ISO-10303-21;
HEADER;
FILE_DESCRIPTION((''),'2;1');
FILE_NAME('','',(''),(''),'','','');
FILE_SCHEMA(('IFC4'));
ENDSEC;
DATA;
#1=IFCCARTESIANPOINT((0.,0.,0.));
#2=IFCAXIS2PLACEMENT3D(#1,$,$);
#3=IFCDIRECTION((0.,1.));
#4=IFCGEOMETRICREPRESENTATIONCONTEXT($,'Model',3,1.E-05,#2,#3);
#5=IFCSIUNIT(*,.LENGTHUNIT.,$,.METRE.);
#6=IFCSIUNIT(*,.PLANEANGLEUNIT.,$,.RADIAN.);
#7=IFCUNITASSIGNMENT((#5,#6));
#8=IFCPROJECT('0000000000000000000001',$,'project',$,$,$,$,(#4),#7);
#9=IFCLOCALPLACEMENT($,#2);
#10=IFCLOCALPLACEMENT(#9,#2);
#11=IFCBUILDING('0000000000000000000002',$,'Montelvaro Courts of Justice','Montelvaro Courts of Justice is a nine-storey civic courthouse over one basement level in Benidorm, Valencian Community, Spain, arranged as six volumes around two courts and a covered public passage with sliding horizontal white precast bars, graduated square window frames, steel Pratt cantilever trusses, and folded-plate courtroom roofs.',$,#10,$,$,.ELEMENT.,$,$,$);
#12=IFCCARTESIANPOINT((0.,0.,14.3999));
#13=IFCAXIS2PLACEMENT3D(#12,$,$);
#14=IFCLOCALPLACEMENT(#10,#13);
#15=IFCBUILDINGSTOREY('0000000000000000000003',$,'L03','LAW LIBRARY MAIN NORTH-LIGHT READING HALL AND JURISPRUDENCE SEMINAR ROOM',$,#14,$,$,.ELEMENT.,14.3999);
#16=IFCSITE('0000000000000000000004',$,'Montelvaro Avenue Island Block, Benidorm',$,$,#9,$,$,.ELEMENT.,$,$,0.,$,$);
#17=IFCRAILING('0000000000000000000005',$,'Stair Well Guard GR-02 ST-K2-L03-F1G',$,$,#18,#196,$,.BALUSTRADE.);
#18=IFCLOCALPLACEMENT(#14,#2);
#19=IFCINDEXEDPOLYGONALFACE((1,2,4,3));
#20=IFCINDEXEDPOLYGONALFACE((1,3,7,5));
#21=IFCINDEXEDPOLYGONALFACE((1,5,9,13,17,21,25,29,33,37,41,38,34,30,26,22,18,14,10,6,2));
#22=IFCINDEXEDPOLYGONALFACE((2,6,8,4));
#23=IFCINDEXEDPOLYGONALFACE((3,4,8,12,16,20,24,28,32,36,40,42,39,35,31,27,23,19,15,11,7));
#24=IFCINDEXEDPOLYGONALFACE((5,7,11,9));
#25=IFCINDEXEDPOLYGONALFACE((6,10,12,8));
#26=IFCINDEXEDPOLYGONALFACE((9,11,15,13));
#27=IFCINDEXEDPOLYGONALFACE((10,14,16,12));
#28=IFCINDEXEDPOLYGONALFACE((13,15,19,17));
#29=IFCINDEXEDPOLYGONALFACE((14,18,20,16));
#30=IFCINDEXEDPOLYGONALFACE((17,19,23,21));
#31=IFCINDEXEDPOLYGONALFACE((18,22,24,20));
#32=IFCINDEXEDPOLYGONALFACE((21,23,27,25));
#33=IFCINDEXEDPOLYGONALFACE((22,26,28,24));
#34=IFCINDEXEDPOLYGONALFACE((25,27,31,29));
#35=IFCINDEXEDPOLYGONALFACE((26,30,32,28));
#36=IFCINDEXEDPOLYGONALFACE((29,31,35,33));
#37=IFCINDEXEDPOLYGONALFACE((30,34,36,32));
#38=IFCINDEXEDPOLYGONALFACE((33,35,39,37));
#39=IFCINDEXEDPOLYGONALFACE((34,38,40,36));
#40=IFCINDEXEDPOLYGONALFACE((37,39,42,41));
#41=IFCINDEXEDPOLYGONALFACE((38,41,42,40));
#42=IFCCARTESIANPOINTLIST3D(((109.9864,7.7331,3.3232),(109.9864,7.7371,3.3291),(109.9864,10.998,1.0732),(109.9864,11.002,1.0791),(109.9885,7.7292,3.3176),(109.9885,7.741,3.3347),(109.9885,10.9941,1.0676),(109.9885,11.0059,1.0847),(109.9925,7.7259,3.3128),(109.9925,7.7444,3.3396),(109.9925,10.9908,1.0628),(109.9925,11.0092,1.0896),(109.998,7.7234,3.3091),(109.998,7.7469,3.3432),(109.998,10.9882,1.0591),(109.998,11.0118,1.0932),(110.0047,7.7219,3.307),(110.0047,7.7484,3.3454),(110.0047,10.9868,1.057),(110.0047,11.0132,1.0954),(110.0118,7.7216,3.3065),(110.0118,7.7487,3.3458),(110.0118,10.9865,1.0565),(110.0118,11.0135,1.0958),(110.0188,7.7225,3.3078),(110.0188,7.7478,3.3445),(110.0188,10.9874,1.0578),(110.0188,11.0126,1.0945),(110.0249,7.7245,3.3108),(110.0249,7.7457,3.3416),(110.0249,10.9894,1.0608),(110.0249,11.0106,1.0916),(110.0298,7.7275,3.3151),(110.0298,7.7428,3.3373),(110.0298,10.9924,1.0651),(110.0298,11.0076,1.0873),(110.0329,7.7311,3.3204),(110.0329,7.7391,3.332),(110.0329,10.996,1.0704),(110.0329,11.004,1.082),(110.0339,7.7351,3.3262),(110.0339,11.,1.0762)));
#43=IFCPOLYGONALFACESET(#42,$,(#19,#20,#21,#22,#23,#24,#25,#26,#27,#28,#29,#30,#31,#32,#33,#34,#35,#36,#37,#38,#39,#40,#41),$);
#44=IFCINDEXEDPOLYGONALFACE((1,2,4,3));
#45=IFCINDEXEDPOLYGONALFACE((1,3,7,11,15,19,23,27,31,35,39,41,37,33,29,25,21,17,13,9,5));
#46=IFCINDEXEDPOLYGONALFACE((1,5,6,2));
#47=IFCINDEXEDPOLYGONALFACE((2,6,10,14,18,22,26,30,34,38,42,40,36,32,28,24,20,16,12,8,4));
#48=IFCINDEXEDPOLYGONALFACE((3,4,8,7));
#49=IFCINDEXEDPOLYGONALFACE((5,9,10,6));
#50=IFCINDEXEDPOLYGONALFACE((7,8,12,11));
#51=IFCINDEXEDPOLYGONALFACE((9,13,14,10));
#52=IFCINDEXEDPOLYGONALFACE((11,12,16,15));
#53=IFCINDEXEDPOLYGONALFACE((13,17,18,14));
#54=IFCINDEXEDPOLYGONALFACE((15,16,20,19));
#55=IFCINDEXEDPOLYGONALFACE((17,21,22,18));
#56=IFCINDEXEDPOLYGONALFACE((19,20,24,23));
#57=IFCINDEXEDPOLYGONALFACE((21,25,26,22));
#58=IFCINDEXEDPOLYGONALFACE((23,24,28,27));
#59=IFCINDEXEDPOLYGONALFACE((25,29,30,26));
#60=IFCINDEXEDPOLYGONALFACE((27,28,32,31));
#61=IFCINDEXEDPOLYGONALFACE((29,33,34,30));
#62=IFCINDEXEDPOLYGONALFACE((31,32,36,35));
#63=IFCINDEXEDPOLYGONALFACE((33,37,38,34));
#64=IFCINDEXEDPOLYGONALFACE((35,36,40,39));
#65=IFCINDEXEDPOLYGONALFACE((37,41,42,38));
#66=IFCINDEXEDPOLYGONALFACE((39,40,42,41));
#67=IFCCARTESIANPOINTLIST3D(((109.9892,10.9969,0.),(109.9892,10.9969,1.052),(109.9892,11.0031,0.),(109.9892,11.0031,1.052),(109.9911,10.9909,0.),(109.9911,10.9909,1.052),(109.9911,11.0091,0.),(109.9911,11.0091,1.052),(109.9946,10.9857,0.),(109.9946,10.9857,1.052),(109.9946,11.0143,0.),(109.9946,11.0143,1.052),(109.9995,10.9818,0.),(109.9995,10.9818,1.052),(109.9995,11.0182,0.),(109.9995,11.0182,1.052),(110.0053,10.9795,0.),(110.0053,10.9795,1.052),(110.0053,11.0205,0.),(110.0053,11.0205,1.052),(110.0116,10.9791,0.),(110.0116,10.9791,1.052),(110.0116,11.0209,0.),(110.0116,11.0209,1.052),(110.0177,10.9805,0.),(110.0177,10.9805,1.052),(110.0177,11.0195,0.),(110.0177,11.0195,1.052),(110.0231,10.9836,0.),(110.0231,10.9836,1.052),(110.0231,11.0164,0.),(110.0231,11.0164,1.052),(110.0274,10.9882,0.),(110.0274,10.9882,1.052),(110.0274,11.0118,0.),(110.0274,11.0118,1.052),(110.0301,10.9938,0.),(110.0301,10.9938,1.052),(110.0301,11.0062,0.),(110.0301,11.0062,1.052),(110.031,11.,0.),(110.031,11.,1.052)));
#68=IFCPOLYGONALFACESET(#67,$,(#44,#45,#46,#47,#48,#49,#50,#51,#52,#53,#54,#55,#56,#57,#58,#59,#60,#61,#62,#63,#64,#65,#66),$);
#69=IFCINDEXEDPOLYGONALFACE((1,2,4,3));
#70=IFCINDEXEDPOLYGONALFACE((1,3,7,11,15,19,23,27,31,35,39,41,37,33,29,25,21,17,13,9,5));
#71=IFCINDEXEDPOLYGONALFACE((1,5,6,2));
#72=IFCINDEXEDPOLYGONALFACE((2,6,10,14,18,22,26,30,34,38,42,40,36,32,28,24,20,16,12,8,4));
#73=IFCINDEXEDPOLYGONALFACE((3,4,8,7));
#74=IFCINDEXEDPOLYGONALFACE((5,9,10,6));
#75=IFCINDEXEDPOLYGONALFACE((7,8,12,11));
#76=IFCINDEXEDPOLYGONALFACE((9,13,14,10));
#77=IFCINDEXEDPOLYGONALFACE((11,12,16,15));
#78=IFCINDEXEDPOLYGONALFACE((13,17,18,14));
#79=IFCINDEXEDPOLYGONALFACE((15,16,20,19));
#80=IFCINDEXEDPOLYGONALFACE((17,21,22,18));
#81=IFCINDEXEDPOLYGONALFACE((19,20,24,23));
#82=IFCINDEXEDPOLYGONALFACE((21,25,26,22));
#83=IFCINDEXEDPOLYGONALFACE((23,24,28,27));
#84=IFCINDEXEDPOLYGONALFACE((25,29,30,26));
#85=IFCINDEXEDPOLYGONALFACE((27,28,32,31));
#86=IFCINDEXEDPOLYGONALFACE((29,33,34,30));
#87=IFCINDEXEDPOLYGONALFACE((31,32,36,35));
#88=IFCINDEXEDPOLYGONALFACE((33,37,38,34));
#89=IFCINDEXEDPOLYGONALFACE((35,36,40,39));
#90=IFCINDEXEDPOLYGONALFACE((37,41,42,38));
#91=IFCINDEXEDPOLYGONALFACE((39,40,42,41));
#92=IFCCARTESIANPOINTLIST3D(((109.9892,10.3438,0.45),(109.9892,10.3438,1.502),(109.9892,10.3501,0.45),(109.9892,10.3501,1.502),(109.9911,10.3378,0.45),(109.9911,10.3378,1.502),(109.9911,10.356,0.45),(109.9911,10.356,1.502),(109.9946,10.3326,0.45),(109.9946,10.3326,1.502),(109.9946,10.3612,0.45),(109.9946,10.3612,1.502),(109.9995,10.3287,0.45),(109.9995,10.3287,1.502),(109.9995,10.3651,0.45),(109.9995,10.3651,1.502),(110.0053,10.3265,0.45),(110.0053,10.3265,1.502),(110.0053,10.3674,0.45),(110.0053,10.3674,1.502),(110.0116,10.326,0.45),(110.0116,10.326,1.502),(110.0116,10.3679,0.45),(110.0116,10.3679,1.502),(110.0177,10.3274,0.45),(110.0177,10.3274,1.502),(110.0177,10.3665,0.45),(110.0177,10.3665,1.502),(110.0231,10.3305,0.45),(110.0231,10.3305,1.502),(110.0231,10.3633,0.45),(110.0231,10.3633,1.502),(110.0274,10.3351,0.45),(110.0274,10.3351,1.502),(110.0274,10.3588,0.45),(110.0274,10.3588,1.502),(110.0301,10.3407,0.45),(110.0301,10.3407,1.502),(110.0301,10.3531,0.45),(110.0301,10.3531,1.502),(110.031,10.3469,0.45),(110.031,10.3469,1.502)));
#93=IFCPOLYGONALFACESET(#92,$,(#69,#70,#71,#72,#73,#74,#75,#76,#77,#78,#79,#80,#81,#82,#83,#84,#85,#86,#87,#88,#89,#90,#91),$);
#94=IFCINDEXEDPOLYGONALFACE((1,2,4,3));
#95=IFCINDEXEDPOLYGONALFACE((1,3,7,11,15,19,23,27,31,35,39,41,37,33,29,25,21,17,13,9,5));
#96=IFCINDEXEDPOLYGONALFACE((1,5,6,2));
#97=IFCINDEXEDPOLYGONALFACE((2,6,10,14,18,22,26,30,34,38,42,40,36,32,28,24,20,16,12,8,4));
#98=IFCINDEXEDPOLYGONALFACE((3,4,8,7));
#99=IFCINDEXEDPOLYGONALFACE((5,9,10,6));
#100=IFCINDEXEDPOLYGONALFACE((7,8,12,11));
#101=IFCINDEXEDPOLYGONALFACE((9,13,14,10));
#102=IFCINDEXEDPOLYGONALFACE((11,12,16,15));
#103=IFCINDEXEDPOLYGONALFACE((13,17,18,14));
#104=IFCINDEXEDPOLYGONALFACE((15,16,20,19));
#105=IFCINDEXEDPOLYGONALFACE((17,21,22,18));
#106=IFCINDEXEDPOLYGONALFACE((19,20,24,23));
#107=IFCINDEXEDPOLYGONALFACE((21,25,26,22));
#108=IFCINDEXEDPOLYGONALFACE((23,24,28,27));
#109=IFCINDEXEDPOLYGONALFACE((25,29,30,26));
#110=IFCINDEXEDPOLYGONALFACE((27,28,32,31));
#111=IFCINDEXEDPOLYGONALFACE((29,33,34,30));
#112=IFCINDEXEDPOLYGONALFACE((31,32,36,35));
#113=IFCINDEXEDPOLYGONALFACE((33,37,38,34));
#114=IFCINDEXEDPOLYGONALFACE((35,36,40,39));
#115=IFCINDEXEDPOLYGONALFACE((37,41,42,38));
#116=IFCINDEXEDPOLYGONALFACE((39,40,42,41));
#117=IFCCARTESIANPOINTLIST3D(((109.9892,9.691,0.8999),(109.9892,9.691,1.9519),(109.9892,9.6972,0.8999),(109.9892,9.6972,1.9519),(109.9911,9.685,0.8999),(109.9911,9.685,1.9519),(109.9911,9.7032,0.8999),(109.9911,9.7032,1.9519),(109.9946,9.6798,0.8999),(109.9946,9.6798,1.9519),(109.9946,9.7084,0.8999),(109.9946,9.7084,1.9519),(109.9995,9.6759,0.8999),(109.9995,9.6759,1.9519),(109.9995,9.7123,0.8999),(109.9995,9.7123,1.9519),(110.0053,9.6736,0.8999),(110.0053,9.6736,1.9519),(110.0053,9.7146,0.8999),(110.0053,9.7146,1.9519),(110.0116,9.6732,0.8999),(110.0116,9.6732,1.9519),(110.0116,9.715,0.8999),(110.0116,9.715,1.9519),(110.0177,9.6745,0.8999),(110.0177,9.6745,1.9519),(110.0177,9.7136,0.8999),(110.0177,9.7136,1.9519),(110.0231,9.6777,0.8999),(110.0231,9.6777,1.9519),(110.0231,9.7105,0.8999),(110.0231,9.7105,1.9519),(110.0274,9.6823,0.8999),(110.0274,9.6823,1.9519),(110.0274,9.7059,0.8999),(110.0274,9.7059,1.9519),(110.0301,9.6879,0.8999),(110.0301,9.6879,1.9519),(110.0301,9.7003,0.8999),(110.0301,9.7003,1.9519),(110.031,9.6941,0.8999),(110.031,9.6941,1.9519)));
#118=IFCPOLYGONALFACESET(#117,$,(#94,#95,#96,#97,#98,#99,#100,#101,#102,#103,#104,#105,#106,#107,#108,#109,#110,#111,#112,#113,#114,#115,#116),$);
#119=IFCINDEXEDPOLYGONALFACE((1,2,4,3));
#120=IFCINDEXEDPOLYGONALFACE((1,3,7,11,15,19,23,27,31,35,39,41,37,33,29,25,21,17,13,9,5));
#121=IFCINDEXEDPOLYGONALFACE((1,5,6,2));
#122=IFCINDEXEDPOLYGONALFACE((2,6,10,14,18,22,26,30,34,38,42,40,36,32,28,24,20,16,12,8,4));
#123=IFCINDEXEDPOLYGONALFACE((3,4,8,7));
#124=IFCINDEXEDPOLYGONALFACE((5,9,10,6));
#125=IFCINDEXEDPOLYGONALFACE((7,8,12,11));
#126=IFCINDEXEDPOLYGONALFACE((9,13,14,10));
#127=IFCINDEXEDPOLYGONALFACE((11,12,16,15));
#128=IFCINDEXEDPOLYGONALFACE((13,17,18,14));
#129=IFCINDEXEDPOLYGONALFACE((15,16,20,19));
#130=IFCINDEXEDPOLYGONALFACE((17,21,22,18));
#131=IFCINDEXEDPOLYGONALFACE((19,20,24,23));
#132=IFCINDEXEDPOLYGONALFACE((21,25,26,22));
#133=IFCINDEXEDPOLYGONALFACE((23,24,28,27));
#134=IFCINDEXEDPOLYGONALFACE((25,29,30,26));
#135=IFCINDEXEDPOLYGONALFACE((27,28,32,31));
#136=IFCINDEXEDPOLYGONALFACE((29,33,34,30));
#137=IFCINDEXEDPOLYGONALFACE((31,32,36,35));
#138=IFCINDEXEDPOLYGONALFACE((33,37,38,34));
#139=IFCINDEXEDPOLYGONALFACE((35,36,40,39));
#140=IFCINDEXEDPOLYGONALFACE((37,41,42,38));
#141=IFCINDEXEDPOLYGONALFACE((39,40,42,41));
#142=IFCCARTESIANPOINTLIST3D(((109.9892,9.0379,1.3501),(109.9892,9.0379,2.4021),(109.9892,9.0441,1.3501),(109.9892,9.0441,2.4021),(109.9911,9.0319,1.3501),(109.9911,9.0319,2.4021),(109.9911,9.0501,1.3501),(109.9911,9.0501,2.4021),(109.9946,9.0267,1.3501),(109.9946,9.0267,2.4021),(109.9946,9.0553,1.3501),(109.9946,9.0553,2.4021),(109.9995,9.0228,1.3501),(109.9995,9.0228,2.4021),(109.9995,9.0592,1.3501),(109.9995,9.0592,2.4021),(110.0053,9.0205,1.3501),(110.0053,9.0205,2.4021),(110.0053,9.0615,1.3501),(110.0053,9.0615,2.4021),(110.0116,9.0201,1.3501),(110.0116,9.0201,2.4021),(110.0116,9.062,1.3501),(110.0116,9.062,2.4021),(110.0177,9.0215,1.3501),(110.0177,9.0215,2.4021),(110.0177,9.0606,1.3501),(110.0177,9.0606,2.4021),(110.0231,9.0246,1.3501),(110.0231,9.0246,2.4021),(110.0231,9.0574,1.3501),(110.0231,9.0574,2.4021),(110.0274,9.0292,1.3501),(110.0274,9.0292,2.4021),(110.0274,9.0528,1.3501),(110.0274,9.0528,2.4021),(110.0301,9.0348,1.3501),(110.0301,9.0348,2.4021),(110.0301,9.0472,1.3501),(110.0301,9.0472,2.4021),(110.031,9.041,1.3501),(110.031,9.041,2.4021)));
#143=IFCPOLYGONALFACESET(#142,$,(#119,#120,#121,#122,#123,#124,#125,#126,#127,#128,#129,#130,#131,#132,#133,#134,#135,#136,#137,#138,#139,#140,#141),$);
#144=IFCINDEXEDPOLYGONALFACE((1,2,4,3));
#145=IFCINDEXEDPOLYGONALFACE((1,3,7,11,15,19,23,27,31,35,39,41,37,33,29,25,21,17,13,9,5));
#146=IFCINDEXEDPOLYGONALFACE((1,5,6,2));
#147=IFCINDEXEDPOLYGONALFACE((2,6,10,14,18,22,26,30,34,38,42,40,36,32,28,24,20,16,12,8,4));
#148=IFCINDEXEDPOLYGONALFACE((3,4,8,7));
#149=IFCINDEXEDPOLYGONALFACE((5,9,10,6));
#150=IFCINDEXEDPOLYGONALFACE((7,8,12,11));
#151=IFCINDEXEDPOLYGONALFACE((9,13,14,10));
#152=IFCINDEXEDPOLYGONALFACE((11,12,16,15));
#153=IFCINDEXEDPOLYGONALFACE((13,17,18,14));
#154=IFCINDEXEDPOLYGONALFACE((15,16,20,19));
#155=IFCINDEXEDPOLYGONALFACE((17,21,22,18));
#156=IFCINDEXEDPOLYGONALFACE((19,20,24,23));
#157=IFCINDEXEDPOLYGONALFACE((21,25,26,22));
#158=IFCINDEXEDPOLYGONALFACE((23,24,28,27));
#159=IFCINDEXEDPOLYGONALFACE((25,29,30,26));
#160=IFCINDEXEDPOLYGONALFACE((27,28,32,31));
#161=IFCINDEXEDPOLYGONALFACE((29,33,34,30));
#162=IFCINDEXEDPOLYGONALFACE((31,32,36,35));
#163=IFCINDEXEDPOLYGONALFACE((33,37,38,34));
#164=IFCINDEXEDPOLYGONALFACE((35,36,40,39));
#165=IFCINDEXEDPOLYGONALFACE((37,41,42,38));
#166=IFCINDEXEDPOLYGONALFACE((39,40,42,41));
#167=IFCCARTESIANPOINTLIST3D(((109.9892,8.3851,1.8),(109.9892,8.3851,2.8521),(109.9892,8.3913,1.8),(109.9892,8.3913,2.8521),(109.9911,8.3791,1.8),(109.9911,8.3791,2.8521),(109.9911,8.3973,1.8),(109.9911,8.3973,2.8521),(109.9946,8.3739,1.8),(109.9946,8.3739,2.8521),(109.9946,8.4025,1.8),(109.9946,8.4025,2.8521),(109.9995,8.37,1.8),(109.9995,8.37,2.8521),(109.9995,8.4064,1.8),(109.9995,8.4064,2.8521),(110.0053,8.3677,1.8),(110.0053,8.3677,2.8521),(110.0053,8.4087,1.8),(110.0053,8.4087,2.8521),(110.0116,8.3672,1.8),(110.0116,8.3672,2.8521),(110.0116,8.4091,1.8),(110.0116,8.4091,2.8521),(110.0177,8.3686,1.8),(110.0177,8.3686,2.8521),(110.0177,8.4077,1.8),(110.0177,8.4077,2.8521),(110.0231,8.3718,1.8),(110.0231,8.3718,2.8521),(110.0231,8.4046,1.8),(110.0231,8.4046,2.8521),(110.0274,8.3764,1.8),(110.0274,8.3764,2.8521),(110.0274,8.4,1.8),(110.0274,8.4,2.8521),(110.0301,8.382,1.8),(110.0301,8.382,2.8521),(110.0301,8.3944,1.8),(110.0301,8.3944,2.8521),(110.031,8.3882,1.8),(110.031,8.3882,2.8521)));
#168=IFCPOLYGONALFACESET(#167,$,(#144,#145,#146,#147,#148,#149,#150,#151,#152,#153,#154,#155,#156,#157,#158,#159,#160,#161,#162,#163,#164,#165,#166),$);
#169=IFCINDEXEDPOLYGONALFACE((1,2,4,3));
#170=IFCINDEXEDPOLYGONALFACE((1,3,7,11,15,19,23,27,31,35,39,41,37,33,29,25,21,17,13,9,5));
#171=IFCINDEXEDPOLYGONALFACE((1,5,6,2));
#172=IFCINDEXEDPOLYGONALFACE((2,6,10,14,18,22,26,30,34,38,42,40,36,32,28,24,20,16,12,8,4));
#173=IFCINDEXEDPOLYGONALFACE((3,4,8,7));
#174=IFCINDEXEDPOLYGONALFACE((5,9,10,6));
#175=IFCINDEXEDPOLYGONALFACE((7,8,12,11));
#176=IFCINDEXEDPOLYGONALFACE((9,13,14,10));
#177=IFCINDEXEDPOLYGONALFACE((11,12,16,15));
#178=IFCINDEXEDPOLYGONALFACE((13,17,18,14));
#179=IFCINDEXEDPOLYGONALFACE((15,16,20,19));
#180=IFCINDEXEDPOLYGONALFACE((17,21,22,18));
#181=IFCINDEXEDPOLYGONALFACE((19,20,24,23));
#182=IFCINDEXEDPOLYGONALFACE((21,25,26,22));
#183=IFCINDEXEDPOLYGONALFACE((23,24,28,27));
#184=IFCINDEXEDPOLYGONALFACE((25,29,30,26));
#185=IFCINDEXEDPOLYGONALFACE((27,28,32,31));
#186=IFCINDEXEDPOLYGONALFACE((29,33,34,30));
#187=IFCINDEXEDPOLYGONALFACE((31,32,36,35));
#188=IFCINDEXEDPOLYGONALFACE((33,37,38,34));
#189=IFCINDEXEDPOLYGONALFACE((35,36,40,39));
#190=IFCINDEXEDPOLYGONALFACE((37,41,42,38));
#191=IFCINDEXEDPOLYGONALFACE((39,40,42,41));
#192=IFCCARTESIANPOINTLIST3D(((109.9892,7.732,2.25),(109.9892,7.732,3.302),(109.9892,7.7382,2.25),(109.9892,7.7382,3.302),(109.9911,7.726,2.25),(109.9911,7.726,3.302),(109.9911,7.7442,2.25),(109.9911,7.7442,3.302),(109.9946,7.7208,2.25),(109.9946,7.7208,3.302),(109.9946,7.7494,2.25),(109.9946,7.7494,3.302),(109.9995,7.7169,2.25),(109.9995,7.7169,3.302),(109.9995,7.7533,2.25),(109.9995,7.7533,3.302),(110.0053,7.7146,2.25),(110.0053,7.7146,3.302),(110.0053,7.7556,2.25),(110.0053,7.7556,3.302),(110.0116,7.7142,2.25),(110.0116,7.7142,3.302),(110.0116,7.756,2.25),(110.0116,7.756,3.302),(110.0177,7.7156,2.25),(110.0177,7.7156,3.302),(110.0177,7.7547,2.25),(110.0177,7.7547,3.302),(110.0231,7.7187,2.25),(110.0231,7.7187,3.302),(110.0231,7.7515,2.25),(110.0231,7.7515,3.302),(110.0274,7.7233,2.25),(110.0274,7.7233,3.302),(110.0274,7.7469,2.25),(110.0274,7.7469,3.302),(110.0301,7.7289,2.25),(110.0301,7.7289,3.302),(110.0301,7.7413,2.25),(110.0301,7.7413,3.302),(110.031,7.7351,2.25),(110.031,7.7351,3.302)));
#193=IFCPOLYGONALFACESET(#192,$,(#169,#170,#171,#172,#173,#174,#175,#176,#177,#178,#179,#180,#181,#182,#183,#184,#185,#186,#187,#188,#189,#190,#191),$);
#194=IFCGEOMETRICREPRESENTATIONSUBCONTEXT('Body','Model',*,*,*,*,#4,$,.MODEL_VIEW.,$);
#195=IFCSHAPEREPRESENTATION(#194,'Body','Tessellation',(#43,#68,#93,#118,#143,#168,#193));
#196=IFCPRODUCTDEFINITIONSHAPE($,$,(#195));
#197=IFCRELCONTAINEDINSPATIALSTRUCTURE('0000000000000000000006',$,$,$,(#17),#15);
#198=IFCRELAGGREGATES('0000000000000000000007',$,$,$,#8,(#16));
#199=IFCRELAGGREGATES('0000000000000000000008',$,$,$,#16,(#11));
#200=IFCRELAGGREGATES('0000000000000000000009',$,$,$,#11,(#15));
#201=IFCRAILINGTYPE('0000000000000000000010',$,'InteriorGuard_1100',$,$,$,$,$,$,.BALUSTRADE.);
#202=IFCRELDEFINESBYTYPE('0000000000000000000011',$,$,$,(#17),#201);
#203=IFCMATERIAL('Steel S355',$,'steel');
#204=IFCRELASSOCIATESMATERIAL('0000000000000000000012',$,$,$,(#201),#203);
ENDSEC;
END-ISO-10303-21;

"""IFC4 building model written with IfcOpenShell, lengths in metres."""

from ifc_helpers import new_model, si_unit, direction, frame, origin, origin_2d, place, context, subcontext, project, spatial, circle, extrude, material, type_object, element, save


model = new_model("IFC4")

# Units and contexts
model_context = context("Model", 3, precision=1e-05, world=origin(), true_north=direction((0.0, 1.0)))
body_context = subcontext(model_context, "Body", "Model", "MODEL_VIEW")
ifc_project = project(units=[si_unit("LENGTHUNIT", "METRE"), si_unit("PLANEANGLEUNIT", "RADIAN")], contexts=[model_context])

# Site, building, storey
site_placement = place(None, origin())
site = spatial("IfcSite", under=ifc_project, at=site_placement, Name="Montelvaro Avenue Island Block, Benidorm", CompositionType="ELEMENT", RefElevation=0.0)
building_placement = place(site_placement, origin())
building = spatial("IfcBuilding", under=site, at=building_placement, Name="Montelvaro Courts of Justice", Description="Montelvaro Courts of Justice is a nine-storey civic courthouse over one basement level in Benidorm, Valencian Community, Spain, arranged as six volumes around two courts and a covered public passage with sliding horizontal white precast bars, graduated square window frames, steel Pratt cantilever trusses, and folded-plate courtroom roofs.", CompositionType="ELEMENT")
storey_placement = place(building_placement, frame((0.0, 0.0, 14.3999)))
storey = spatial("IfcBuildingStorey", under=building, at=storey_placement, Name="L03", Description="LAW LIBRARY MAIN NORTH-LIGHT READING HALL AND JURISPRUDENCE SEMINAR ROOM", CompositionType="ELEMENT", Elevation=14.3999)

# Shared definitions
ifc_material_1 = material(Name="Steel S355", Category="steel")

# Railing
railing_type_1 = type_object("IfcRailingType", Name="InteriorGuard_1100", PredefinedType="BALUSTRADE", material=ifc_material_1)
railing_1_placement = place(storey_placement, frame((110.01, 11.0, 0.0)))
element("IfcRailing", 1, at=railing_1_placement, inside=storey, type_object=railing_type_1, Name="Stair Well Guard GR-02 ST-K2-L03-F1G", PredefinedType="BALUSTRADE", context=body_context, shape_type="SweptSolid", body=[
    extrude(circle(Radius=0.0239, at=origin_2d()), frame((0.0, 0.0, 1.0762), z_axis=(0.0, -0.823407, 0.567451), x_axis=(1.0, 0.0, 0.0)), (0.0, 0.0, 1.0), 3.9651),
    extrude(circle(Radius=0.021, at=origin_2d()), origin(), (0.0, 0.0, 1.0), 1.052),
    extrude(circle(Radius=0.021, at=origin_2d()), frame((0.0, -0.6531, 0.45)), (0.0, 0.0, 1.0), 1.052),
    extrude(circle(Radius=0.021, at=origin_2d()), frame((0.0, -1.3059, 0.8999)), (0.0, 0.0, 1.0), 1.052),
    extrude(circle(Radius=0.021, at=origin_2d()), frame((0.0, -1.959, 1.3501)), (0.0, 0.0, 1.0), 1.052),
    extrude(circle(Radius=0.021, at=origin_2d()), frame((0.0, -2.6118, 1.8)), (0.0, 0.0, 1.0), 1.052),
    extrude(circle(Radius=0.021, at=origin_2d()), frame((0.0, -3.2649, 2.25)), (0.0, 0.0, 1.0), 1.052),
])

save(model, "model.ifc")
